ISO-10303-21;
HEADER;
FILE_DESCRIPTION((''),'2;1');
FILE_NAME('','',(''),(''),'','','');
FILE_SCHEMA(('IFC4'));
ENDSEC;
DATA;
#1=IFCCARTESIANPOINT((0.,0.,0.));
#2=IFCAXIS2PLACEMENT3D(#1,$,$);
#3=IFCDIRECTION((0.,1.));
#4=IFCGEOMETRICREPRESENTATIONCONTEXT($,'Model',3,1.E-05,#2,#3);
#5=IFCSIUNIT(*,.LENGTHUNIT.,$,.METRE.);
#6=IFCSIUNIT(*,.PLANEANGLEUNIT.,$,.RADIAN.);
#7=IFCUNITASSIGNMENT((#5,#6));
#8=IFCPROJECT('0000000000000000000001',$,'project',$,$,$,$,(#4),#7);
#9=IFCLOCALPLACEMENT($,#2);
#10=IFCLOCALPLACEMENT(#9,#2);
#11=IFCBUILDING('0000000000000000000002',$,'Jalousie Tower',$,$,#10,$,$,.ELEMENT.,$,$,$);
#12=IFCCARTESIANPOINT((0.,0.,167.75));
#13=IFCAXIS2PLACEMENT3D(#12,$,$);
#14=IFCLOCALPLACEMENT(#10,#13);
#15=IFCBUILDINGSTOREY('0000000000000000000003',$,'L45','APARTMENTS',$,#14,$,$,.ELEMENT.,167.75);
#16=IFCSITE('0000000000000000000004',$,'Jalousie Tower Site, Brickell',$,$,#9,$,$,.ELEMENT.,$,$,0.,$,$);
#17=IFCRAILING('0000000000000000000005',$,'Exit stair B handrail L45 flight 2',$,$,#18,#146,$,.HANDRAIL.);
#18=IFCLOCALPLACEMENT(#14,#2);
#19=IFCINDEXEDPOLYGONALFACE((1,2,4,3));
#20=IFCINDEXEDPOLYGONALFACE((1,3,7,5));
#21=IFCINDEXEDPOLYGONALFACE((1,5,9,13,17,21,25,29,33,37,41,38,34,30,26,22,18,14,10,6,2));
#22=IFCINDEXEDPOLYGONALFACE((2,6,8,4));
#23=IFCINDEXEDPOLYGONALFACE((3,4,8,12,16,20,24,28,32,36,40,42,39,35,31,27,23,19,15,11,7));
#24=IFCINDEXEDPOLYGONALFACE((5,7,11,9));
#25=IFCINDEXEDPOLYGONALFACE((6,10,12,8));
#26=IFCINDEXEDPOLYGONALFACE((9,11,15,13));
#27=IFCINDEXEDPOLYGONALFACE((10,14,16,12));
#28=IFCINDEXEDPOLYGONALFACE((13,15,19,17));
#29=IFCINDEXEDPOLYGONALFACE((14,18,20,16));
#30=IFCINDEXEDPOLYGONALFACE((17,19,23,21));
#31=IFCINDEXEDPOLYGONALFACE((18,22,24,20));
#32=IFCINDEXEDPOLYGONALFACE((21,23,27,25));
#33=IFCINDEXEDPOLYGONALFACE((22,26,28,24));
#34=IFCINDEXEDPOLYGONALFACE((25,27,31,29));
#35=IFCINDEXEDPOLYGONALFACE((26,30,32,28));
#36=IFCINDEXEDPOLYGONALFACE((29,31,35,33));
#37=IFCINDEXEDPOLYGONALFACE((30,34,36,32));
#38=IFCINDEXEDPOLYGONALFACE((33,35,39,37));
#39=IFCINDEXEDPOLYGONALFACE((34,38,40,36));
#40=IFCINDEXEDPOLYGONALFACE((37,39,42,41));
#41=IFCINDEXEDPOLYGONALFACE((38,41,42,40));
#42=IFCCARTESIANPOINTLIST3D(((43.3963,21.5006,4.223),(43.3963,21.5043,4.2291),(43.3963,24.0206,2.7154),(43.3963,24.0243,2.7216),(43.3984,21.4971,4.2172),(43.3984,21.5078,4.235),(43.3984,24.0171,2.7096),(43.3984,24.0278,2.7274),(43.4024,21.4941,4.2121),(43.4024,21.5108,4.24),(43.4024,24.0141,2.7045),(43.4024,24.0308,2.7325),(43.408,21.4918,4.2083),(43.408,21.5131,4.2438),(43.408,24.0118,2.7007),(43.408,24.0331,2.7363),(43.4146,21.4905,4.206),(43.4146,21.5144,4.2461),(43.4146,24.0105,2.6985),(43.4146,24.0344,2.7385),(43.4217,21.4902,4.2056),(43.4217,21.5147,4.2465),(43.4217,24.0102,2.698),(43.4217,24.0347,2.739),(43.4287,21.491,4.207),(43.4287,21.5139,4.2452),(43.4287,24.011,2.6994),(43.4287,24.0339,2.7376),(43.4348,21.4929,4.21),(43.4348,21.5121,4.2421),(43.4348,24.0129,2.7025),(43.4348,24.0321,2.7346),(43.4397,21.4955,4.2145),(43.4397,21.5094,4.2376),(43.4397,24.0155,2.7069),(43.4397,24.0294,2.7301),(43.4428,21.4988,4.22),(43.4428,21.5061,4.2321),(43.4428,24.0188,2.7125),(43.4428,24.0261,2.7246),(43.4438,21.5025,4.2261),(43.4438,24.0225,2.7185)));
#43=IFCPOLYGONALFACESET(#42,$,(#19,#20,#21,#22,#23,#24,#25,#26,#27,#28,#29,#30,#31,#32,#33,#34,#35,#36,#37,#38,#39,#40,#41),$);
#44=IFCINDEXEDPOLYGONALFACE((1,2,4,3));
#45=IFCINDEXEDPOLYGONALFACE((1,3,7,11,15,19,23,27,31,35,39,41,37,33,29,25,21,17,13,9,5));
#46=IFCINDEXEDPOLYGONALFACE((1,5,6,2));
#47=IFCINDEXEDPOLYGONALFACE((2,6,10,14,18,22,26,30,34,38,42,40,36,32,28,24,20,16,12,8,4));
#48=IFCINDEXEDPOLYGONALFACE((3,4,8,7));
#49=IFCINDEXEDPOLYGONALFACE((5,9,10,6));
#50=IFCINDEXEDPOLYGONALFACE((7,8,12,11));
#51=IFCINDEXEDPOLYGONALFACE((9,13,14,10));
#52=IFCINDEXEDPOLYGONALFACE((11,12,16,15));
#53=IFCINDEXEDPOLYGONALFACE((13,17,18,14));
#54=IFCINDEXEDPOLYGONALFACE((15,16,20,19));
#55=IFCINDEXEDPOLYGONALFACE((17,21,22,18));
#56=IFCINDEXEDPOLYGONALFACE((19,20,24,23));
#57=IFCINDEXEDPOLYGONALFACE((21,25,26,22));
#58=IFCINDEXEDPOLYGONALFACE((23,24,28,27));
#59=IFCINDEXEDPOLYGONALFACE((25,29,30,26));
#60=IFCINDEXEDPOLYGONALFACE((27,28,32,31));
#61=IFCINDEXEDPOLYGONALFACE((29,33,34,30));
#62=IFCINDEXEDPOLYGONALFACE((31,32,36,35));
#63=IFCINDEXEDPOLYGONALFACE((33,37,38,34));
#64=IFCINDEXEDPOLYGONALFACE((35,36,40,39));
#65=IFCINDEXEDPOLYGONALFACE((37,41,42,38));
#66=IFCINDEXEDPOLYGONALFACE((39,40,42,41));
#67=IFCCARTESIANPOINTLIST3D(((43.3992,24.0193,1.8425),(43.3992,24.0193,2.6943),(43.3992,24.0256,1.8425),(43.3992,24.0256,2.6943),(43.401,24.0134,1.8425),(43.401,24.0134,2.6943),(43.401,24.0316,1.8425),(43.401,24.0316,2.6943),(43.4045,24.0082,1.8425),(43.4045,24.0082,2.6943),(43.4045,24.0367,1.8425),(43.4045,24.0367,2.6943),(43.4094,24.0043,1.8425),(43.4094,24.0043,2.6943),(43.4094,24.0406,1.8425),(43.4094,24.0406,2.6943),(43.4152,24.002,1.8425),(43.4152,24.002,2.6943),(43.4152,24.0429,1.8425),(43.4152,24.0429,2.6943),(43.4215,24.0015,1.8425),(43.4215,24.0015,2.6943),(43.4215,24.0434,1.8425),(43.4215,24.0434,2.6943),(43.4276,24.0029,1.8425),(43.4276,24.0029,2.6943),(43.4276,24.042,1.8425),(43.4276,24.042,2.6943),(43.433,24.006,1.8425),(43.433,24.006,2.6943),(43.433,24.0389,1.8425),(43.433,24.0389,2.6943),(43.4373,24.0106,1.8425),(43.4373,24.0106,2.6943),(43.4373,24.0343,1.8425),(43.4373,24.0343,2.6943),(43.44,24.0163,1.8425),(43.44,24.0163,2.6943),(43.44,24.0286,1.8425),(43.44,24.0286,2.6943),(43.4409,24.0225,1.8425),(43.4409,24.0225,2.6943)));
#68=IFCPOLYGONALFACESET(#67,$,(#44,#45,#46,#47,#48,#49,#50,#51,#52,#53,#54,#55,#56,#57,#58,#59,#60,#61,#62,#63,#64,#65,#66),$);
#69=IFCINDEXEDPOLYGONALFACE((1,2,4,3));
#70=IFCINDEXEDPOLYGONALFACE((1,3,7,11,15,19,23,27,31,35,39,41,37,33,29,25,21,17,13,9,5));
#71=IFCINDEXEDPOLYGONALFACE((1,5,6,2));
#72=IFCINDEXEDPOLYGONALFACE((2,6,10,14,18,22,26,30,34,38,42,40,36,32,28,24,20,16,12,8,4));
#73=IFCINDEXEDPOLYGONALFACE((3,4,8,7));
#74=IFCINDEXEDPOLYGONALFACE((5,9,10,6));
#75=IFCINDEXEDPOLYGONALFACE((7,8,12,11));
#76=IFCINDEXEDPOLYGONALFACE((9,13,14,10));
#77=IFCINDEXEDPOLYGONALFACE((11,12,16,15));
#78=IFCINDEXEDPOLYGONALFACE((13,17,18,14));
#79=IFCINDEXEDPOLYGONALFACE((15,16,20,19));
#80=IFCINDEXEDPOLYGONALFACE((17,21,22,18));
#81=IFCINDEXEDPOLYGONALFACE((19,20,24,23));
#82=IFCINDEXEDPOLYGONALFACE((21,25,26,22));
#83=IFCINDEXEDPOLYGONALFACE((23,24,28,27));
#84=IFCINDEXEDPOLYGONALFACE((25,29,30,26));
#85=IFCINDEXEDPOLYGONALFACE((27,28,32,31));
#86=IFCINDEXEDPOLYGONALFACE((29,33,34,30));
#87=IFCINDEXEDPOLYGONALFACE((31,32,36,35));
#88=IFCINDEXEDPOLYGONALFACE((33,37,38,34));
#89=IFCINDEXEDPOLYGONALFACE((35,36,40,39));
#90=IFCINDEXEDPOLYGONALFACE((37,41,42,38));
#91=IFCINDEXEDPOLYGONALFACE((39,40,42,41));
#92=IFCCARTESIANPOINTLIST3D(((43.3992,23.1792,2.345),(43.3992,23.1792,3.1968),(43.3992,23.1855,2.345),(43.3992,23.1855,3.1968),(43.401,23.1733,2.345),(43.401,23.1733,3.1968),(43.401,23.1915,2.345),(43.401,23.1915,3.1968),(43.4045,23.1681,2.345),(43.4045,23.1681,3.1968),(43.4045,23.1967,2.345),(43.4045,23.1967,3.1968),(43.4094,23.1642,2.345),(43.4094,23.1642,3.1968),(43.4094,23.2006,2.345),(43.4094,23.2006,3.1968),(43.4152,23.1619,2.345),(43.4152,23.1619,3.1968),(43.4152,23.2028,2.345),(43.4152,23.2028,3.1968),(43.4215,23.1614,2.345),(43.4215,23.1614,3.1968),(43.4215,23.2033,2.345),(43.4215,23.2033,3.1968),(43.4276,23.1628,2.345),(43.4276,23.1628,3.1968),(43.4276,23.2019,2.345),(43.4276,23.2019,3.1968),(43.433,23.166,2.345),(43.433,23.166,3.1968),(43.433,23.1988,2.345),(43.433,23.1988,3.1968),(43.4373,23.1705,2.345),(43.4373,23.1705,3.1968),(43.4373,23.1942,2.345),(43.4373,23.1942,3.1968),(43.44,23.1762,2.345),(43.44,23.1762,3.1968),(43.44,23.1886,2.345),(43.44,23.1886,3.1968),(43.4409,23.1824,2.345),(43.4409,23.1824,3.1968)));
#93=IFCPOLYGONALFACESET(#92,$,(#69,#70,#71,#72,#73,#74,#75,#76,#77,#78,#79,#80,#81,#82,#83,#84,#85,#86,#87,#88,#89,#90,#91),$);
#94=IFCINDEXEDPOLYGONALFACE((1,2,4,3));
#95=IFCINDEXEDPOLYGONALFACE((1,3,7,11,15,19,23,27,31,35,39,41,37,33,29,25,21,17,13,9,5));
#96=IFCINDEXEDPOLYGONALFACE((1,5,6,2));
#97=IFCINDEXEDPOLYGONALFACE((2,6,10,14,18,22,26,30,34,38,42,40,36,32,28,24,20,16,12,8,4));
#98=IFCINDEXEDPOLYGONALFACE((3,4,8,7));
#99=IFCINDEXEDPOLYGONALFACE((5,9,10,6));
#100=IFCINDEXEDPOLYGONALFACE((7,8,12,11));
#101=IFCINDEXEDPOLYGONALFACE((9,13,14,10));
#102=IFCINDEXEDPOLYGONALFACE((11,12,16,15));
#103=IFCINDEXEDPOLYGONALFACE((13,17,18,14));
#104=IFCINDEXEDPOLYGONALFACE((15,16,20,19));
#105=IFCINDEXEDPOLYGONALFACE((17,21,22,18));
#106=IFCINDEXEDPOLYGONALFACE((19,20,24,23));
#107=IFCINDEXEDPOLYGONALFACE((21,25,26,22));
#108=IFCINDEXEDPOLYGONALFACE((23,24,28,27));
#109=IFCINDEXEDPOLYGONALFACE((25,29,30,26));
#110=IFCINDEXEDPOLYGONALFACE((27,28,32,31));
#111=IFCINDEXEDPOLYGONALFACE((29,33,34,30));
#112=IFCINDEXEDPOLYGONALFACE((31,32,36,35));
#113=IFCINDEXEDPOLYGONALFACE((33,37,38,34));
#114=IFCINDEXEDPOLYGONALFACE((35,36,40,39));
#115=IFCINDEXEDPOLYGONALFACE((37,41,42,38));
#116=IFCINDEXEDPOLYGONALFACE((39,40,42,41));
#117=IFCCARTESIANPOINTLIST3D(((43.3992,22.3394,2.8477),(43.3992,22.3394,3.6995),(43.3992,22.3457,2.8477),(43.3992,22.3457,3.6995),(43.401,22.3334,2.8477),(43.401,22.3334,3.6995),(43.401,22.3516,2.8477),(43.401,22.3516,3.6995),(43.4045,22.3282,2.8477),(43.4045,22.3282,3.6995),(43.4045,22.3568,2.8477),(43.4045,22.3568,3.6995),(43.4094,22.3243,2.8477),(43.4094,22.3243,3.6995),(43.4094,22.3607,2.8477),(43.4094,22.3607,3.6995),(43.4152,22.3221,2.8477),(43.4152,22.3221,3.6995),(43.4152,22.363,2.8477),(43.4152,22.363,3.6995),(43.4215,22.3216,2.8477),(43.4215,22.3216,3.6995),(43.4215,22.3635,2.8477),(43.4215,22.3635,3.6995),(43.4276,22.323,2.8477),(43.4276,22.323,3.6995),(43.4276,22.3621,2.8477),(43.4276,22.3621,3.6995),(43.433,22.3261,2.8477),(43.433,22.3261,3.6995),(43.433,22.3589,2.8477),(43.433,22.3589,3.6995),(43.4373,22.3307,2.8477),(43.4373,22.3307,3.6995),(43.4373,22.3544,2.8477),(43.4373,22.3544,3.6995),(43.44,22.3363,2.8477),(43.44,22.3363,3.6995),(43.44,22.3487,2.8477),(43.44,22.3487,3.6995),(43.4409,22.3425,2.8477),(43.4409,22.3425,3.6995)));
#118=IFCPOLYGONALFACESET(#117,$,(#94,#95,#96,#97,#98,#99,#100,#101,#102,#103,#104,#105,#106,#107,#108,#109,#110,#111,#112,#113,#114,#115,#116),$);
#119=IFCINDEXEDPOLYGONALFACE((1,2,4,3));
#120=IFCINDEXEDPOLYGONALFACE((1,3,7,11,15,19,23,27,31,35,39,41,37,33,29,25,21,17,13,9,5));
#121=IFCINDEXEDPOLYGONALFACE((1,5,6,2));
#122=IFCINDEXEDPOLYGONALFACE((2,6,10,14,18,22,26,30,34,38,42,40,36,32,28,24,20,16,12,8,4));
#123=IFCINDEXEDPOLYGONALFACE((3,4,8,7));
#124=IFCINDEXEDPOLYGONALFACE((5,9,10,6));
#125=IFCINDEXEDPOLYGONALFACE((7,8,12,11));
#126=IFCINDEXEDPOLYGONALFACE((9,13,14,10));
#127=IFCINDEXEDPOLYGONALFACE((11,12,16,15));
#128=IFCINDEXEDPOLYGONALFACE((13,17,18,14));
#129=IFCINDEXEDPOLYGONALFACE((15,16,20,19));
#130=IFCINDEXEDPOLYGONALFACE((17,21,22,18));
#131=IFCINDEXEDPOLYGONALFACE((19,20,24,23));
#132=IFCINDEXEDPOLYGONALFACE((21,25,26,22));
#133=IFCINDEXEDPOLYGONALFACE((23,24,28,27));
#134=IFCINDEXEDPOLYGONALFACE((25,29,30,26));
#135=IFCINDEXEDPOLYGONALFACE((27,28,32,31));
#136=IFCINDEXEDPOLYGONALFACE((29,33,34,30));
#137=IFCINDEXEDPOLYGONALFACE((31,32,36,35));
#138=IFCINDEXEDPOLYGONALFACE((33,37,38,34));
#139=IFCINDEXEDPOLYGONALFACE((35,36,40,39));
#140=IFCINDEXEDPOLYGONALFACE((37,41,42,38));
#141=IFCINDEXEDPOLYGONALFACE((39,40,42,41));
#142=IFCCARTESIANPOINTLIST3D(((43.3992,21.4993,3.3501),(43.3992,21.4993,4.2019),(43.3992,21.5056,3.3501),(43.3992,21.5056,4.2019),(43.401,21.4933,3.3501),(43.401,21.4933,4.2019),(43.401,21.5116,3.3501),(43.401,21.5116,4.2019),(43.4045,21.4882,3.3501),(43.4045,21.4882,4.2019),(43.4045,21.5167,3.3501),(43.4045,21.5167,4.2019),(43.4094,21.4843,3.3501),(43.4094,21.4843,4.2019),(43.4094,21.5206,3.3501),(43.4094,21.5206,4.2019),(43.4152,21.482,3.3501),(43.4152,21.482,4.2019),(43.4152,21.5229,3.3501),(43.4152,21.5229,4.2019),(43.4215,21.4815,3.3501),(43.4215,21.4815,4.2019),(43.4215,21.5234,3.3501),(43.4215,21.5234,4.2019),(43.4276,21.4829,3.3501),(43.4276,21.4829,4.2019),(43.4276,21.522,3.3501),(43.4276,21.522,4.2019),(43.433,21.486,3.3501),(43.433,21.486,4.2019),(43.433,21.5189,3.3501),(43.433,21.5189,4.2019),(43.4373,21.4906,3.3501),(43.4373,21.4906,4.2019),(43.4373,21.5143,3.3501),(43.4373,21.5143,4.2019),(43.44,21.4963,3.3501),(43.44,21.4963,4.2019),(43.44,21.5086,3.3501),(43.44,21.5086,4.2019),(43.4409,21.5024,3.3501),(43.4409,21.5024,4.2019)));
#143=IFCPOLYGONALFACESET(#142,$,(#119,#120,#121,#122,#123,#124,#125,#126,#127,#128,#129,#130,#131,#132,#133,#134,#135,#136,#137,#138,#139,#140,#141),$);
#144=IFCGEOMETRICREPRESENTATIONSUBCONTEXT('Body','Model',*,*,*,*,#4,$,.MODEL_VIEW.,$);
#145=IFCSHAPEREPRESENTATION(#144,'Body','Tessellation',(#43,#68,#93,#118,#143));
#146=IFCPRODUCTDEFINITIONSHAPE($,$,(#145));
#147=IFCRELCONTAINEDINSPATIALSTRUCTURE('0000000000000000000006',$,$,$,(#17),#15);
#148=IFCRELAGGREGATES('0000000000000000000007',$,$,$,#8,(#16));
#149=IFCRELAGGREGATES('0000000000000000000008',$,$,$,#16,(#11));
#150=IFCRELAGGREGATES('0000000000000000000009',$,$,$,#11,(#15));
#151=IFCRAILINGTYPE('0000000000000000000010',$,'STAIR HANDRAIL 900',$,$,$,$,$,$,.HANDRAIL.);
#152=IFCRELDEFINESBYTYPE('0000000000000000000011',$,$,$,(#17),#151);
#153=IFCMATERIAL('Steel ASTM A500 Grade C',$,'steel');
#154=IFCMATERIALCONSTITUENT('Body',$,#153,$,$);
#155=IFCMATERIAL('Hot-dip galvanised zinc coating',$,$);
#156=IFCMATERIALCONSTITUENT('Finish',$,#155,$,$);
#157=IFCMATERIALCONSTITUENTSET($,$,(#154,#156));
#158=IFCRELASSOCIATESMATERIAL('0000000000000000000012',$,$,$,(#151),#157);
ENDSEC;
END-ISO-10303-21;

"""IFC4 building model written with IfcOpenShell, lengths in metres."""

from ifc_helpers import new_model, si_unit, direction, frame, origin, origin_2d, place, context, subcontext, project, spatial, circle, extrude, material, constituent, constituent_set, type_object, element, save


model = new_model("IFC4")

# Units and contexts
model_context = context("Model", 3, precision=1e-05, world=origin(), true_north=direction((0.0, 1.0)))
body_context = subcontext(model_context, "Body", "Model", "MODEL_VIEW")
ifc_project = project(units=[si_unit("LENGTHUNIT", "METRE"), si_unit("PLANEANGLEUNIT", "RADIAN")], contexts=[model_context])

# Site, building, storey
site_placement = place(None, origin())
site = spatial("IfcSite", under=ifc_project, at=site_placement, Name="Jalousie Tower Site, Brickell", CompositionType="ELEMENT", RefElevation=0.0)
building_placement = place(site_placement, origin())
building = spatial("IfcBuilding", under=site, at=building_placement, Name="Jalousie Tower", CompositionType="ELEMENT")
storey_placement = place(building_placement, frame((0.0, 0.0, 167.75)))
storey = spatial("IfcBuildingStorey", under=building, at=storey_placement, Name="L45", Description="APARTMENTS", CompositionType="ELEMENT", Elevation=167.75)

# Railing
ifc_material_1 = material(Name="Steel ASTM A500 Grade C", Category="steel")
ifc_constituent_1 = constituent(ifc_material_1, Name="Body")
ifc_material_2 = material(Name="Hot-dip galvanised zinc coating")
ifc_constituent_2 = constituent(ifc_material_2, Name="Finish")
ifc_constituent_set_1 = constituent_set(constituents=[ifc_constituent_1, ifc_constituent_2])
railing_type_1 = type_object("IfcRailingType", Name="STAIR HANDRAIL 900", PredefinedType="HANDRAIL", material=ifc_constituent_set_1)
railing_1_placement = place(storey_placement, frame((43.4199, 24.0225, 1.8425)))
element("IfcRailing", 1, at=railing_1_placement, inside=storey, type_object=railing_type_1, Name="Exit stair B handrail L45 flight 2", PredefinedType="HANDRAIL", context=body_context, shape_type="SweptSolid", body=[
    extrude(circle(Radius=0.0239, at=origin_2d()), frame((0.0, 0.0, 0.876), z_axis=(0.0, -0.85816, 0.513383), x_axis=(1.0, 0.0, 0.0)), (0.0, 0.0, 1.0), 2.9365),
    extrude(circle(Radius=0.021, at=origin_2d()), origin(), (0.0, 0.0, 1.0), 0.8518),
    extrude(circle(Radius=0.021, at=origin_2d()), frame((0.0, -0.8401, 0.5024)), (0.0, 0.0, 1.0), 0.8518),
    extrude(circle(Radius=0.021, at=origin_2d()), frame((0.0, -1.6799, 1.0051)), (0.0, 0.0, 1.0), 0.8518),
    extrude(circle(Radius=0.021, at=origin_2d()), frame((0.0, -2.52, 1.5076)), (0.0, 0.0, 1.0), 0.8518),
])

save(model, "model.ifc")
